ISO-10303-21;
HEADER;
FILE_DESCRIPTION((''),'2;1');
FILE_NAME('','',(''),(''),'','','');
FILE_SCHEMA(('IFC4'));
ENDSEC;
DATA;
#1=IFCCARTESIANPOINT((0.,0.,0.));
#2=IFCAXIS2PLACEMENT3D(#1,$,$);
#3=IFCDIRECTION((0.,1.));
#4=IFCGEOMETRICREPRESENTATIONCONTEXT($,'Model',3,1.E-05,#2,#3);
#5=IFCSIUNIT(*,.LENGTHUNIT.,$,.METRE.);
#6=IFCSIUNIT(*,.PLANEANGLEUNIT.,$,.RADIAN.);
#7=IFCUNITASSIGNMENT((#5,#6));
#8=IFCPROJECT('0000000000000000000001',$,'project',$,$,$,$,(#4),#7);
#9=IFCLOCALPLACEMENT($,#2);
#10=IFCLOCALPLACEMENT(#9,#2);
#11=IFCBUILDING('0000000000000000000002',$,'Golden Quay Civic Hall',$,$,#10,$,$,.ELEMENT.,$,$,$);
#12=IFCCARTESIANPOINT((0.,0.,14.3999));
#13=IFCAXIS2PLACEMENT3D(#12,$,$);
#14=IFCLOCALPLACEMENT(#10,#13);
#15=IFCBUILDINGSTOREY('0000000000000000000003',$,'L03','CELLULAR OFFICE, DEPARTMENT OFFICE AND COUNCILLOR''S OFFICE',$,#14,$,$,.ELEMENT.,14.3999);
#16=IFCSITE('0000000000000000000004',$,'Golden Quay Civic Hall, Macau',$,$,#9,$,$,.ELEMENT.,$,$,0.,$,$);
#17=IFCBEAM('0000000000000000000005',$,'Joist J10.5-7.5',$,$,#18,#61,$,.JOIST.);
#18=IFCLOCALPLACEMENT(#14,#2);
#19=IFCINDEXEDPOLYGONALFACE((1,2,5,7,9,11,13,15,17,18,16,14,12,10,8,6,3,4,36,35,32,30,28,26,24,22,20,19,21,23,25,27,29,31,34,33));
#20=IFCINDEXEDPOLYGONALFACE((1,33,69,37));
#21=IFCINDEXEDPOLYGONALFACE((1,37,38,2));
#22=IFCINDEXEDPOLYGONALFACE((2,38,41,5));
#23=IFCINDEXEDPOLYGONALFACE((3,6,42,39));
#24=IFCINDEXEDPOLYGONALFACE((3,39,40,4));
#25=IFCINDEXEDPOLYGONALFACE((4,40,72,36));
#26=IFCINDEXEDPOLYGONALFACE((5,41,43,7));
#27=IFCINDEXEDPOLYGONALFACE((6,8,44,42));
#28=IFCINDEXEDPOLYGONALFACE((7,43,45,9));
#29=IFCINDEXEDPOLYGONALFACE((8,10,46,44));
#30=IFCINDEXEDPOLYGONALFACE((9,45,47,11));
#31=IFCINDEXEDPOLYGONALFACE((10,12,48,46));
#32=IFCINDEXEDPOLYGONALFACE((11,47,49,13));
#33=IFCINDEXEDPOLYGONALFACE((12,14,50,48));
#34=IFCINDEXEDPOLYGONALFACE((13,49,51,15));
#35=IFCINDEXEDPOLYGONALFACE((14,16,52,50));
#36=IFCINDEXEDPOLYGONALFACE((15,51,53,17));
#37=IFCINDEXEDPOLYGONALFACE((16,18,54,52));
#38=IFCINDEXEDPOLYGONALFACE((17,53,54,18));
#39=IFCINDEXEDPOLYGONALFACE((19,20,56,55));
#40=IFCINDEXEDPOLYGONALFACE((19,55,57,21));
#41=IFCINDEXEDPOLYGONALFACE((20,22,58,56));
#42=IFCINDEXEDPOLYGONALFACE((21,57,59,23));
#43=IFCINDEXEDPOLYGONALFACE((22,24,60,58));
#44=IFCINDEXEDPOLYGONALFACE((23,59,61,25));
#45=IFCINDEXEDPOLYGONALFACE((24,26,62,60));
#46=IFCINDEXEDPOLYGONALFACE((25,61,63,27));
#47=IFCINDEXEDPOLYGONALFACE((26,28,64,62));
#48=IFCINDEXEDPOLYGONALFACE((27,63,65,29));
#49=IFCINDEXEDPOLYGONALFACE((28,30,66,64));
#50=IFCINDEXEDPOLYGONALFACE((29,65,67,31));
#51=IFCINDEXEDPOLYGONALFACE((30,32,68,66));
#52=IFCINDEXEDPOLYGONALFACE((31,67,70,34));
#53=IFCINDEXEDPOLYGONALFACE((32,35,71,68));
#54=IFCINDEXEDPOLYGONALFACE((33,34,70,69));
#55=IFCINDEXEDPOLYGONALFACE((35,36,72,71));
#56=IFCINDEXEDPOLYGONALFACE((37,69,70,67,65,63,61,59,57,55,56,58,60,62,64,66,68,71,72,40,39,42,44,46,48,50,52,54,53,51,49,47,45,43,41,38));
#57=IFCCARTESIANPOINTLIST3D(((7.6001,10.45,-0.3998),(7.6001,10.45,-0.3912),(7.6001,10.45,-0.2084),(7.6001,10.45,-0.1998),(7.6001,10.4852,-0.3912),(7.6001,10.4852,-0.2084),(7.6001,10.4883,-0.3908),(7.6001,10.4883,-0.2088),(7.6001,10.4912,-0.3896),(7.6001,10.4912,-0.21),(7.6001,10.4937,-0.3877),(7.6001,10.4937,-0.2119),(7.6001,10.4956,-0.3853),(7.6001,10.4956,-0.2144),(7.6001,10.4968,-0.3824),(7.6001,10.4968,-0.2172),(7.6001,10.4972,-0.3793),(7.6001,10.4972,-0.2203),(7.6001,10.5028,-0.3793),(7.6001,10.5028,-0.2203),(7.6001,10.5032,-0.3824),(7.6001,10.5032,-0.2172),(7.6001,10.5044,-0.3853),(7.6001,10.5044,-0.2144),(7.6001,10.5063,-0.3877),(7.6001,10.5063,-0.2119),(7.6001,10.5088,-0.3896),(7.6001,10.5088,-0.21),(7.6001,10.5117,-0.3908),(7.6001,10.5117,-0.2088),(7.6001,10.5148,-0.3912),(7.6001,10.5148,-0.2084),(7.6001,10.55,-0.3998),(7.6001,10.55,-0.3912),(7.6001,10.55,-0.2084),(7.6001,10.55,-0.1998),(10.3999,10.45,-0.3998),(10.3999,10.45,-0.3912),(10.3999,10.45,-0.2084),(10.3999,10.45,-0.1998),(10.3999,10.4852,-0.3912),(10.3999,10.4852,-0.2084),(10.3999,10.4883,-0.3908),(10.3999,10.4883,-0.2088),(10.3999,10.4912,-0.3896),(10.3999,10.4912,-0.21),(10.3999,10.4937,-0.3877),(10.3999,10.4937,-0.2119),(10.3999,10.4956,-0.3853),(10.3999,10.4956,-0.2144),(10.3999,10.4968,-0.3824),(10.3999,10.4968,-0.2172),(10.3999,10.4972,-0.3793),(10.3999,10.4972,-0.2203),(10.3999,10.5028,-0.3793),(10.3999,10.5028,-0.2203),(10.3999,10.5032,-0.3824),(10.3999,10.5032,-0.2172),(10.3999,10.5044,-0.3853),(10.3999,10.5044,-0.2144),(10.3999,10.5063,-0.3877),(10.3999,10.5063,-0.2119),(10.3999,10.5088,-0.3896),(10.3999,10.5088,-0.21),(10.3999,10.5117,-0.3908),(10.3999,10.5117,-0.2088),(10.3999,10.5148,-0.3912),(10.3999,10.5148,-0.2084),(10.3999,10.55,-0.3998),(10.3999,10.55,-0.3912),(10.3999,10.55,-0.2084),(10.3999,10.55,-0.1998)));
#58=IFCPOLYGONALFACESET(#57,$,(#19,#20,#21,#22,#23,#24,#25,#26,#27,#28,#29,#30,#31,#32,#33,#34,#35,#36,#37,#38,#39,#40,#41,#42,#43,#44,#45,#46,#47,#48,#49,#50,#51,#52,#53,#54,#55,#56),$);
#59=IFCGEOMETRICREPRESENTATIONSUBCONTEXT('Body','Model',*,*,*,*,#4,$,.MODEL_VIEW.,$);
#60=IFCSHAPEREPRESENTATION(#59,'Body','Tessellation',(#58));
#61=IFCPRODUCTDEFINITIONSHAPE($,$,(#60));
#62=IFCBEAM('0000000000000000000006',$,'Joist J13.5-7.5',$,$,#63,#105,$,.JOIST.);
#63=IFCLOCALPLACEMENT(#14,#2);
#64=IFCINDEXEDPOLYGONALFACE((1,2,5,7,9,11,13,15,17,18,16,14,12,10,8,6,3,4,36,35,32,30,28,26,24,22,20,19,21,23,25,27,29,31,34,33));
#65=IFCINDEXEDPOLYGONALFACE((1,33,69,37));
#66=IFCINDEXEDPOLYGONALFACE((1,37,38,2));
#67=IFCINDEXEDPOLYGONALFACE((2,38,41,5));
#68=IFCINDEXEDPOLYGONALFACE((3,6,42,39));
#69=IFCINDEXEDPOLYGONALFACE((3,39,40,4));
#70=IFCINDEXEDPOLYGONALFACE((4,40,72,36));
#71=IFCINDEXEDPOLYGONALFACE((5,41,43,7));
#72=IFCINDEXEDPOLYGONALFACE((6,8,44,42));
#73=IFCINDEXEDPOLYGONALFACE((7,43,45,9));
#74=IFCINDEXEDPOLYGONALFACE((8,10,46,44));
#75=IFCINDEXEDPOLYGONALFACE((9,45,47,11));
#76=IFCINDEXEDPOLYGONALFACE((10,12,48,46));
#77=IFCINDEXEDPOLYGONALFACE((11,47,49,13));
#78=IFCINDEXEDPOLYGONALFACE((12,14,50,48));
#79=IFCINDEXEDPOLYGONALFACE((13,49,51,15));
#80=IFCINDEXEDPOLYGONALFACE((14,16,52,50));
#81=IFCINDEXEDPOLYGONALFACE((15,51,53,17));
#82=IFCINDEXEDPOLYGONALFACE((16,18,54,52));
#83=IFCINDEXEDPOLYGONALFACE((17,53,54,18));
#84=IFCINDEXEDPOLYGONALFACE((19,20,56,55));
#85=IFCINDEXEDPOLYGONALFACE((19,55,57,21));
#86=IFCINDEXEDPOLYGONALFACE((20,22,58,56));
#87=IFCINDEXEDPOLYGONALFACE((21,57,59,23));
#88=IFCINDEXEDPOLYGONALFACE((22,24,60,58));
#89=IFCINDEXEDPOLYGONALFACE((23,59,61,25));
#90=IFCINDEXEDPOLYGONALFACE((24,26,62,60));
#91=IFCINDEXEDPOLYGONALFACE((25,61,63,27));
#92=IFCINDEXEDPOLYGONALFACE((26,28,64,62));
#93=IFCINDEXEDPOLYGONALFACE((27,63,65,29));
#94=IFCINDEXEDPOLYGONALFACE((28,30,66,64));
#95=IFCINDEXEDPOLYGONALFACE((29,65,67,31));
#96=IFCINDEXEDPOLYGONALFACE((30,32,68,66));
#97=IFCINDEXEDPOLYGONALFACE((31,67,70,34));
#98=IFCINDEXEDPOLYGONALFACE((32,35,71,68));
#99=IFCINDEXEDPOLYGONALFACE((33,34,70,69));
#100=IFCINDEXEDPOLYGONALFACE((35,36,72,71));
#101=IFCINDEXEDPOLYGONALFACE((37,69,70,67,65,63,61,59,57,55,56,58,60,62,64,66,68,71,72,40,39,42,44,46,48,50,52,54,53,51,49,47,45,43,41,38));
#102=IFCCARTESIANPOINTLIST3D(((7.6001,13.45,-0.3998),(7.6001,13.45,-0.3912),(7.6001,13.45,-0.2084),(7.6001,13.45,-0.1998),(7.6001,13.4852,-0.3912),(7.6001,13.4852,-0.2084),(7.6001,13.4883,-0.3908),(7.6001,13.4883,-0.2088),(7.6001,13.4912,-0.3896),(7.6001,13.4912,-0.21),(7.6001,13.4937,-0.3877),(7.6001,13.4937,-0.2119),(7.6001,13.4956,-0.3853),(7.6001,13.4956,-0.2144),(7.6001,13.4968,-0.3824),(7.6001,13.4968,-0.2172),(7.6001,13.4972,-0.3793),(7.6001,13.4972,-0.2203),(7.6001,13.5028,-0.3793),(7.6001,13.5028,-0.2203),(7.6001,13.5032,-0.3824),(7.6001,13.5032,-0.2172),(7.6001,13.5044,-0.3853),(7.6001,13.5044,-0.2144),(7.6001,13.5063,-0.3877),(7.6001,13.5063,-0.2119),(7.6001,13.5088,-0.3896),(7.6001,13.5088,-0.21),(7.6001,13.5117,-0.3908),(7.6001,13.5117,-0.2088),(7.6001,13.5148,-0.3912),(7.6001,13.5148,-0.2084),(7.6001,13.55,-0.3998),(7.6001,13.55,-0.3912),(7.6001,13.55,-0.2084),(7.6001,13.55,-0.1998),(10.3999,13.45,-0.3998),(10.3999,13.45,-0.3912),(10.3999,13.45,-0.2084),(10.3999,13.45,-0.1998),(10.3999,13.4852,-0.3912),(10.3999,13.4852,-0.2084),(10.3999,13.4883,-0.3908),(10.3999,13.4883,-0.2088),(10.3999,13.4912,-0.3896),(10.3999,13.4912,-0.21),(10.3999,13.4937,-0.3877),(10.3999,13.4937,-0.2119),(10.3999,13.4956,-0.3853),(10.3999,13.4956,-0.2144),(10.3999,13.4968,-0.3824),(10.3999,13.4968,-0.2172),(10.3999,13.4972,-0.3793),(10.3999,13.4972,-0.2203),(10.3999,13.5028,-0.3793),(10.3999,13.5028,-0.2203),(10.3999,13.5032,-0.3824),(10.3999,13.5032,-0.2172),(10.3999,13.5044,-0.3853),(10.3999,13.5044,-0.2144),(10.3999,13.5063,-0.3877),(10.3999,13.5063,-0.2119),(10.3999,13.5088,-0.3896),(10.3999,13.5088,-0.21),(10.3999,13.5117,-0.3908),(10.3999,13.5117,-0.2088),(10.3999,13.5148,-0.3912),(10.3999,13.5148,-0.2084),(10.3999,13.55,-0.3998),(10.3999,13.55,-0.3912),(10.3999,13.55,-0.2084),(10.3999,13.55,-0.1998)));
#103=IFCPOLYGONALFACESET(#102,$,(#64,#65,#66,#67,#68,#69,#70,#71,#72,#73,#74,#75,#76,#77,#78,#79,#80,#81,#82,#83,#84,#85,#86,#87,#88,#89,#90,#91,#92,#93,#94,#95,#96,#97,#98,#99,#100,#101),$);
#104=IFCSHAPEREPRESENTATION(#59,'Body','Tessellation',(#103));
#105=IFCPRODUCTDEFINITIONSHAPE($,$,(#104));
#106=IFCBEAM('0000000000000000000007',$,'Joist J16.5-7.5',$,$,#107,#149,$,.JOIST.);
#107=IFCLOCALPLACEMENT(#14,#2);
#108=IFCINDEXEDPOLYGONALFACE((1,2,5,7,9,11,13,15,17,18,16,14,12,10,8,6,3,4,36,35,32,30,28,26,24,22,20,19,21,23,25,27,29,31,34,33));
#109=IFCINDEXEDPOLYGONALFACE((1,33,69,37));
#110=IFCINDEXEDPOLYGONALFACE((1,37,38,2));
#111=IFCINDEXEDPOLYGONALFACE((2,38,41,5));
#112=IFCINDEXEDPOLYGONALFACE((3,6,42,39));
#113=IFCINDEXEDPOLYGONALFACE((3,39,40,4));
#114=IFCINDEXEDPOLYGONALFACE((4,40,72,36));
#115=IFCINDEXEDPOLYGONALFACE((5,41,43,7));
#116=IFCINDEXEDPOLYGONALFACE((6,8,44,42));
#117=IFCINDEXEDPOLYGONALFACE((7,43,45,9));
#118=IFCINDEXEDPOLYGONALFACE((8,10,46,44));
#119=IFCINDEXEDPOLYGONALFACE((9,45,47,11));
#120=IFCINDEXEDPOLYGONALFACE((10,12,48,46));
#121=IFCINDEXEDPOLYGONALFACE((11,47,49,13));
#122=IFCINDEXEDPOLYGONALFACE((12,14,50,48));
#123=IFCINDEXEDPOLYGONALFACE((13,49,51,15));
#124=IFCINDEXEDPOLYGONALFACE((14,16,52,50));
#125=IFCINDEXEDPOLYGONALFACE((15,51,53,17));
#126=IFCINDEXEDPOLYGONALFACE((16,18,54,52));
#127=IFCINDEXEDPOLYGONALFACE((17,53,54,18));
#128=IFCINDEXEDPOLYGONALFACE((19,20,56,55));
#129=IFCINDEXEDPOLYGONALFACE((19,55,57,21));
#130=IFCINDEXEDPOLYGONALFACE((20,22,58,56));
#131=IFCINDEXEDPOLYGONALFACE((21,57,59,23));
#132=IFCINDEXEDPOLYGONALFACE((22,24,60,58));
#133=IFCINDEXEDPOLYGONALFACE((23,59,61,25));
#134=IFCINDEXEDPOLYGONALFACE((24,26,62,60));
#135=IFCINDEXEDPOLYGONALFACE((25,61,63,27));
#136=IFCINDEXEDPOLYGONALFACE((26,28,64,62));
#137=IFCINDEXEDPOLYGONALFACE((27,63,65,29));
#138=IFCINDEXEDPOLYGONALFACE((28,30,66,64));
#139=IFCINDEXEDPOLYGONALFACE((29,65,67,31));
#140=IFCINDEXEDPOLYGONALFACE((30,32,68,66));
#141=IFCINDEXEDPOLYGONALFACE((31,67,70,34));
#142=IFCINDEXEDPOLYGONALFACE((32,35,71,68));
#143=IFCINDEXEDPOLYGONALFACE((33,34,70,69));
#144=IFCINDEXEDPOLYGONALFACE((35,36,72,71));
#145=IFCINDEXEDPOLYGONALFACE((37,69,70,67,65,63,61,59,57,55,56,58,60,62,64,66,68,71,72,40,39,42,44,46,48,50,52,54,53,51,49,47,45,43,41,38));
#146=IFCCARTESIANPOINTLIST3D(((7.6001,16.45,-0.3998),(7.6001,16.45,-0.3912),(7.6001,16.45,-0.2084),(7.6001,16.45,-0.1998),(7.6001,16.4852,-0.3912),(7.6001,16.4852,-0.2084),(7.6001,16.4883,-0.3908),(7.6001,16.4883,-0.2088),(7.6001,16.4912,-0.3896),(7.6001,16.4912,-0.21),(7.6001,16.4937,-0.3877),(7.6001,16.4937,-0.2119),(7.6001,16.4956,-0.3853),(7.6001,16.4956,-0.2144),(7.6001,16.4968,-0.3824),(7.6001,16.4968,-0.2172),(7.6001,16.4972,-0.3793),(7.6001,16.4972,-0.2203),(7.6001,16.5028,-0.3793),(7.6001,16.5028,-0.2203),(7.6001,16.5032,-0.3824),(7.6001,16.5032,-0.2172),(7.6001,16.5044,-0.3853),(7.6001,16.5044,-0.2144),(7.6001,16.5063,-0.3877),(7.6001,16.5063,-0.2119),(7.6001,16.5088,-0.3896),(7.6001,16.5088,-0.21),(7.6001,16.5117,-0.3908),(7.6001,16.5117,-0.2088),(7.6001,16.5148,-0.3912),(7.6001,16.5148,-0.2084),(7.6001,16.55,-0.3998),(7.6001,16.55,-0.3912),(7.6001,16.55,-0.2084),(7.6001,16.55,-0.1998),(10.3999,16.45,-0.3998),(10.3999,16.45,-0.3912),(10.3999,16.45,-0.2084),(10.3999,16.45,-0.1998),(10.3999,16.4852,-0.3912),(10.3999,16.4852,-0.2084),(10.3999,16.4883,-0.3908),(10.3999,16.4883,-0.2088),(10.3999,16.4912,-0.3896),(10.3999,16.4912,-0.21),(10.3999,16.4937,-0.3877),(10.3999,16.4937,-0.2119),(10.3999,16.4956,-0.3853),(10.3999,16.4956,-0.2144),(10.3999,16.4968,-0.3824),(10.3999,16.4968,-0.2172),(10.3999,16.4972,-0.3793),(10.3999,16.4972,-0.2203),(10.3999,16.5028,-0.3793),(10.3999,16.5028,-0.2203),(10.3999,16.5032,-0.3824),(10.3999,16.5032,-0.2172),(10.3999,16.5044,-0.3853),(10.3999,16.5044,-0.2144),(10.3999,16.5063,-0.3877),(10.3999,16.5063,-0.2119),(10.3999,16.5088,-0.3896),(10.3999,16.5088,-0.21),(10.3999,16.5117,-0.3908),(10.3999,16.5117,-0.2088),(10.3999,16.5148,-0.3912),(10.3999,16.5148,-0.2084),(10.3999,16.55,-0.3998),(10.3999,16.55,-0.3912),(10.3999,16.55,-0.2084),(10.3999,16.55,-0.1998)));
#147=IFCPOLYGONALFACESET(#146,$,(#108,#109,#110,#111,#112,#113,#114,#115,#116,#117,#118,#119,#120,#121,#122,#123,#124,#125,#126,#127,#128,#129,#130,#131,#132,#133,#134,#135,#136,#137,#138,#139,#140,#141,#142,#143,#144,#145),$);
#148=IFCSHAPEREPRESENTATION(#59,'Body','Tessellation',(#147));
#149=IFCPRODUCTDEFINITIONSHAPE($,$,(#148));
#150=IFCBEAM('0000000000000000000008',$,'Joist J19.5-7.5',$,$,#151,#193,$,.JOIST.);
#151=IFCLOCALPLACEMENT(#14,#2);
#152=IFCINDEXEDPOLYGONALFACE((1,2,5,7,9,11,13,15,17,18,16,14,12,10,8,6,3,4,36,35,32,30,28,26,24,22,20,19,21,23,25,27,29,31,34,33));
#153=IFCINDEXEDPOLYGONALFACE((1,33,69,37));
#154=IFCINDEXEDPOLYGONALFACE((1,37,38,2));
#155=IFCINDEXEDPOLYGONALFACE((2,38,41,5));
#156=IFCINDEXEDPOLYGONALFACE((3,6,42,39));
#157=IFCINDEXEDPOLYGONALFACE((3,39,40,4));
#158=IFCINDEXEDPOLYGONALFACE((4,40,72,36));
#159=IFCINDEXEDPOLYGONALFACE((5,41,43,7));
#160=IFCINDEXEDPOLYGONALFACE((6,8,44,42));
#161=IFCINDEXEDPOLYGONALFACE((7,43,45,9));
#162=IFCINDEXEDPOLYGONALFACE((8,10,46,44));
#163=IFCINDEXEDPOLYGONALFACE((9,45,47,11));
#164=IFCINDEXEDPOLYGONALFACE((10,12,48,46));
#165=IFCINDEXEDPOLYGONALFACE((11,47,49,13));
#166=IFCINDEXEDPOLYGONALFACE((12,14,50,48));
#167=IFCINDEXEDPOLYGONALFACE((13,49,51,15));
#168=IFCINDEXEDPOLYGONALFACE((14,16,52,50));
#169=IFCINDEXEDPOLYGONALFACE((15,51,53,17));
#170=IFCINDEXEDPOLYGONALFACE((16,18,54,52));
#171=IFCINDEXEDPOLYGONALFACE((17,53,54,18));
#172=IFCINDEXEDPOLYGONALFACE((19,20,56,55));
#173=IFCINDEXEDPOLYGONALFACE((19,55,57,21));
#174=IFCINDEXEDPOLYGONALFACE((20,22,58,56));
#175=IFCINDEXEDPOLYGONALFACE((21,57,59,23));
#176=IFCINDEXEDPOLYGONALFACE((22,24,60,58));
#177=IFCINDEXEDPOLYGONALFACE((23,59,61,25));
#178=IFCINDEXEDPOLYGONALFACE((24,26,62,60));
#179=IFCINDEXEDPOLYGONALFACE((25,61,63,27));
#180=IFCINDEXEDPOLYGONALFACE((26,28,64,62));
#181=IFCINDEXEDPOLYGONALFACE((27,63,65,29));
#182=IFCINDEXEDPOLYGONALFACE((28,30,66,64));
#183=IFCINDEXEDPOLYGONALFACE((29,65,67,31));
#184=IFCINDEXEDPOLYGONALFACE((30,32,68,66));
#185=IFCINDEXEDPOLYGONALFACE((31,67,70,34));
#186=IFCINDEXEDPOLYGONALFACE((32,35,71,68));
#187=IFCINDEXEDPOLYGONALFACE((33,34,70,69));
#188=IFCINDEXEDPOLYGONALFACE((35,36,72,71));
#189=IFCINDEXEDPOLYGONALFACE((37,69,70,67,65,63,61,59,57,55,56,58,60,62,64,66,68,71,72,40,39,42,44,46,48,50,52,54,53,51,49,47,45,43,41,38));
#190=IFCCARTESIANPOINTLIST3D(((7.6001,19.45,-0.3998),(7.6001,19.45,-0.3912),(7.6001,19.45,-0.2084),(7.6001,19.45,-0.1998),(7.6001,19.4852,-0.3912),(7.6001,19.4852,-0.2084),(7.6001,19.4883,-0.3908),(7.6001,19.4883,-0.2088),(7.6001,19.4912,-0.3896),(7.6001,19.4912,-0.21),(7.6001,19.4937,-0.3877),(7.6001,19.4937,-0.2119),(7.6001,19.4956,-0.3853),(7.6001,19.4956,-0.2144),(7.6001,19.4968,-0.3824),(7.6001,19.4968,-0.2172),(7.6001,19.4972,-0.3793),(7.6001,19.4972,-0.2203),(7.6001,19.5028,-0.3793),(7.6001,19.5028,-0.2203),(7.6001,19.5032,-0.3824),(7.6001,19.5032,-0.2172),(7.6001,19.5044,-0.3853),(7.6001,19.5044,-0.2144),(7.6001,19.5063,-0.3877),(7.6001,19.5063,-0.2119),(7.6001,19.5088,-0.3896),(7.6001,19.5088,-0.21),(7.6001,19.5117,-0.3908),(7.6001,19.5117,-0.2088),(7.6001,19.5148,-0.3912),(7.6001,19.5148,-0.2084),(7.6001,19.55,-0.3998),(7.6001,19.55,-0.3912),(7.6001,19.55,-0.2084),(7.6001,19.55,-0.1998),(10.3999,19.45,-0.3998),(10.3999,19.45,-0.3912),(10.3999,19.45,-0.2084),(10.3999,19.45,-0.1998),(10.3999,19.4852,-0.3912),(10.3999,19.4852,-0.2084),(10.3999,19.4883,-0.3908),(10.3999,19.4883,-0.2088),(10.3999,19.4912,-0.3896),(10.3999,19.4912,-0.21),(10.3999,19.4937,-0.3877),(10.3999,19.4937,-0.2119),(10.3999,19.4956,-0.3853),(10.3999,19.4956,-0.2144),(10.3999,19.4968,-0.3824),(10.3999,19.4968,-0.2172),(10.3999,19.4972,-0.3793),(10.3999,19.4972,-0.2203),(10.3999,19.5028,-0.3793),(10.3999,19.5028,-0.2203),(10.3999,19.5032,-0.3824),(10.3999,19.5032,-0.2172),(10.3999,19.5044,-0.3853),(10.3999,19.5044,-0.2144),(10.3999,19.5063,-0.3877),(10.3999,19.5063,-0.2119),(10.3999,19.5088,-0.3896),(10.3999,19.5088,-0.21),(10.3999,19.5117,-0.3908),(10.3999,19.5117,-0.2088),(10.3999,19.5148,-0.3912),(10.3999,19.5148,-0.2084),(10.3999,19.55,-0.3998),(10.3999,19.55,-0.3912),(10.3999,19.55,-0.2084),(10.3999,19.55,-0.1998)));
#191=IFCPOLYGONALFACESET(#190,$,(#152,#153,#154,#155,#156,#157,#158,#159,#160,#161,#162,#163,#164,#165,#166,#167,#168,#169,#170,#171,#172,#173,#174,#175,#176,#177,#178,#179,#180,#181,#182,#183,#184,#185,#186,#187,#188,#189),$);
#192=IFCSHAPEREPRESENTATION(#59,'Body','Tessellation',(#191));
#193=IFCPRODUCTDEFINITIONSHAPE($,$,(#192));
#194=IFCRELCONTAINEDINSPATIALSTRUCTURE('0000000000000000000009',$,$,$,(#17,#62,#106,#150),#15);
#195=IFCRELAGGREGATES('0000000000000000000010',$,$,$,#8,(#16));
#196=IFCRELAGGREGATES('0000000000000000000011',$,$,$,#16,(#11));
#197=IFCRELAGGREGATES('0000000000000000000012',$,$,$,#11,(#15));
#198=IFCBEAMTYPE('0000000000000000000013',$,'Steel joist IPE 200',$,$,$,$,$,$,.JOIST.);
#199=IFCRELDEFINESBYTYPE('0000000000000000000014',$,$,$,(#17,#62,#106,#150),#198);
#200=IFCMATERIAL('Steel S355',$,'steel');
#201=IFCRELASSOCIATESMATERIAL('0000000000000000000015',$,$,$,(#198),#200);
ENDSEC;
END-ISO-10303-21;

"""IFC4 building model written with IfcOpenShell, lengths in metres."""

from ifc_helpers import new_model, si_unit, direction, frame, origin, origin_2d, place, context, subcontext, project, spatial, i_section, extrude, material, material_profile, profile_set, type_object, element, save


model = new_model("IFC4")

# Units and contexts
model_context = context("Model", 3, precision=1e-05, world=origin(), true_north=direction((0.0, 1.0)))
body_context = subcontext(model_context, "Body", "Model", "MODEL_VIEW")
ifc_project = project(units=[si_unit("LENGTHUNIT", "METRE"), si_unit("PLANEANGLEUNIT", "RADIAN")], contexts=[model_context])

# Site, building, storey
site_placement = place(None, origin())
site = spatial("IfcSite", under=ifc_project, at=site_placement, Name="Golden Quay Civic Hall, Macau", CompositionType="ELEMENT", RefElevation=0.0)
building_placement = place(site_placement, origin())
building = spatial("IfcBuilding", under=site, at=building_placement, Name="Golden Quay Civic Hall", CompositionType="ELEMENT")
storey_placement = place(building_placement, frame((0.0, 0.0, 14.3999)))
storey = spatial("IfcBuildingStorey", under=building, at=storey_placement, Name="L03", Description="CELLULAR OFFICE, DEPARTMENT OFFICE AND COUNCILLOR'S OFFICE", CompositionType="ELEMENT", Elevation=14.3999)

# Beams
ifc_material_1 = material(Name="Steel S355", Category="steel")
ifc_material_profile_1 = material_profile(ifc_material_1, i_section(OverallWidth=0.1001, OverallDepth=0.2, WebThickness=0.0056, FlangeThickness=0.0085, FilletRadius=0.012, at=origin_2d()), Name="IPE 200")
ifc_profile_set_1 = profile_set([ifc_material_profile_1], Name="Steel S355")
beam_type_1 = type_object("IfcBeamType", Name="Steel joist IPE 200", PredefinedType="JOIST", material=ifc_profile_set_1)
for number, where, z_axis, x_axis, name in (
    (1, (7.6001, 10.5, -0.2998), (1.0, 0.0, 0.0), (0.0, 1.0, 0.0), "Joist J10.5-7.5"),
    (2, (7.6001, 13.5, -0.2998), (1.0, 0.0, 0.0), (0.0, 1.0, 0.0), "Joist J13.5-7.5"),
    (3, (7.6001, 16.5, -0.2998), (1.0, 0.0, 0.0), (0.0, 1.0, 0.0), "Joist J16.5-7.5"),
    (4, (7.6001, 19.5, -0.2998), (1.0, 0.0, 0.0), (0.0, 1.0, 0.0), "Joist J19.5-7.5"),
):
    element("IfcBeam", number, at=place(storey_placement, frame(where, z_axis=z_axis, x_axis=x_axis)), inside=storey, type_object=beam_type_1, Name=name, PredefinedType="JOIST", context=body_context, shape_type="SweptSolid", body=[
        extrude(i_section(OverallWidth=0.1001, OverallDepth=0.2, WebThickness=0.0056, FlangeThickness=0.0085, FilletRadius=0.012, at=origin_2d()), origin(), (0.0, 0.0, 1.0), 2.7998),
    ])

save(model, "model.ifc")
